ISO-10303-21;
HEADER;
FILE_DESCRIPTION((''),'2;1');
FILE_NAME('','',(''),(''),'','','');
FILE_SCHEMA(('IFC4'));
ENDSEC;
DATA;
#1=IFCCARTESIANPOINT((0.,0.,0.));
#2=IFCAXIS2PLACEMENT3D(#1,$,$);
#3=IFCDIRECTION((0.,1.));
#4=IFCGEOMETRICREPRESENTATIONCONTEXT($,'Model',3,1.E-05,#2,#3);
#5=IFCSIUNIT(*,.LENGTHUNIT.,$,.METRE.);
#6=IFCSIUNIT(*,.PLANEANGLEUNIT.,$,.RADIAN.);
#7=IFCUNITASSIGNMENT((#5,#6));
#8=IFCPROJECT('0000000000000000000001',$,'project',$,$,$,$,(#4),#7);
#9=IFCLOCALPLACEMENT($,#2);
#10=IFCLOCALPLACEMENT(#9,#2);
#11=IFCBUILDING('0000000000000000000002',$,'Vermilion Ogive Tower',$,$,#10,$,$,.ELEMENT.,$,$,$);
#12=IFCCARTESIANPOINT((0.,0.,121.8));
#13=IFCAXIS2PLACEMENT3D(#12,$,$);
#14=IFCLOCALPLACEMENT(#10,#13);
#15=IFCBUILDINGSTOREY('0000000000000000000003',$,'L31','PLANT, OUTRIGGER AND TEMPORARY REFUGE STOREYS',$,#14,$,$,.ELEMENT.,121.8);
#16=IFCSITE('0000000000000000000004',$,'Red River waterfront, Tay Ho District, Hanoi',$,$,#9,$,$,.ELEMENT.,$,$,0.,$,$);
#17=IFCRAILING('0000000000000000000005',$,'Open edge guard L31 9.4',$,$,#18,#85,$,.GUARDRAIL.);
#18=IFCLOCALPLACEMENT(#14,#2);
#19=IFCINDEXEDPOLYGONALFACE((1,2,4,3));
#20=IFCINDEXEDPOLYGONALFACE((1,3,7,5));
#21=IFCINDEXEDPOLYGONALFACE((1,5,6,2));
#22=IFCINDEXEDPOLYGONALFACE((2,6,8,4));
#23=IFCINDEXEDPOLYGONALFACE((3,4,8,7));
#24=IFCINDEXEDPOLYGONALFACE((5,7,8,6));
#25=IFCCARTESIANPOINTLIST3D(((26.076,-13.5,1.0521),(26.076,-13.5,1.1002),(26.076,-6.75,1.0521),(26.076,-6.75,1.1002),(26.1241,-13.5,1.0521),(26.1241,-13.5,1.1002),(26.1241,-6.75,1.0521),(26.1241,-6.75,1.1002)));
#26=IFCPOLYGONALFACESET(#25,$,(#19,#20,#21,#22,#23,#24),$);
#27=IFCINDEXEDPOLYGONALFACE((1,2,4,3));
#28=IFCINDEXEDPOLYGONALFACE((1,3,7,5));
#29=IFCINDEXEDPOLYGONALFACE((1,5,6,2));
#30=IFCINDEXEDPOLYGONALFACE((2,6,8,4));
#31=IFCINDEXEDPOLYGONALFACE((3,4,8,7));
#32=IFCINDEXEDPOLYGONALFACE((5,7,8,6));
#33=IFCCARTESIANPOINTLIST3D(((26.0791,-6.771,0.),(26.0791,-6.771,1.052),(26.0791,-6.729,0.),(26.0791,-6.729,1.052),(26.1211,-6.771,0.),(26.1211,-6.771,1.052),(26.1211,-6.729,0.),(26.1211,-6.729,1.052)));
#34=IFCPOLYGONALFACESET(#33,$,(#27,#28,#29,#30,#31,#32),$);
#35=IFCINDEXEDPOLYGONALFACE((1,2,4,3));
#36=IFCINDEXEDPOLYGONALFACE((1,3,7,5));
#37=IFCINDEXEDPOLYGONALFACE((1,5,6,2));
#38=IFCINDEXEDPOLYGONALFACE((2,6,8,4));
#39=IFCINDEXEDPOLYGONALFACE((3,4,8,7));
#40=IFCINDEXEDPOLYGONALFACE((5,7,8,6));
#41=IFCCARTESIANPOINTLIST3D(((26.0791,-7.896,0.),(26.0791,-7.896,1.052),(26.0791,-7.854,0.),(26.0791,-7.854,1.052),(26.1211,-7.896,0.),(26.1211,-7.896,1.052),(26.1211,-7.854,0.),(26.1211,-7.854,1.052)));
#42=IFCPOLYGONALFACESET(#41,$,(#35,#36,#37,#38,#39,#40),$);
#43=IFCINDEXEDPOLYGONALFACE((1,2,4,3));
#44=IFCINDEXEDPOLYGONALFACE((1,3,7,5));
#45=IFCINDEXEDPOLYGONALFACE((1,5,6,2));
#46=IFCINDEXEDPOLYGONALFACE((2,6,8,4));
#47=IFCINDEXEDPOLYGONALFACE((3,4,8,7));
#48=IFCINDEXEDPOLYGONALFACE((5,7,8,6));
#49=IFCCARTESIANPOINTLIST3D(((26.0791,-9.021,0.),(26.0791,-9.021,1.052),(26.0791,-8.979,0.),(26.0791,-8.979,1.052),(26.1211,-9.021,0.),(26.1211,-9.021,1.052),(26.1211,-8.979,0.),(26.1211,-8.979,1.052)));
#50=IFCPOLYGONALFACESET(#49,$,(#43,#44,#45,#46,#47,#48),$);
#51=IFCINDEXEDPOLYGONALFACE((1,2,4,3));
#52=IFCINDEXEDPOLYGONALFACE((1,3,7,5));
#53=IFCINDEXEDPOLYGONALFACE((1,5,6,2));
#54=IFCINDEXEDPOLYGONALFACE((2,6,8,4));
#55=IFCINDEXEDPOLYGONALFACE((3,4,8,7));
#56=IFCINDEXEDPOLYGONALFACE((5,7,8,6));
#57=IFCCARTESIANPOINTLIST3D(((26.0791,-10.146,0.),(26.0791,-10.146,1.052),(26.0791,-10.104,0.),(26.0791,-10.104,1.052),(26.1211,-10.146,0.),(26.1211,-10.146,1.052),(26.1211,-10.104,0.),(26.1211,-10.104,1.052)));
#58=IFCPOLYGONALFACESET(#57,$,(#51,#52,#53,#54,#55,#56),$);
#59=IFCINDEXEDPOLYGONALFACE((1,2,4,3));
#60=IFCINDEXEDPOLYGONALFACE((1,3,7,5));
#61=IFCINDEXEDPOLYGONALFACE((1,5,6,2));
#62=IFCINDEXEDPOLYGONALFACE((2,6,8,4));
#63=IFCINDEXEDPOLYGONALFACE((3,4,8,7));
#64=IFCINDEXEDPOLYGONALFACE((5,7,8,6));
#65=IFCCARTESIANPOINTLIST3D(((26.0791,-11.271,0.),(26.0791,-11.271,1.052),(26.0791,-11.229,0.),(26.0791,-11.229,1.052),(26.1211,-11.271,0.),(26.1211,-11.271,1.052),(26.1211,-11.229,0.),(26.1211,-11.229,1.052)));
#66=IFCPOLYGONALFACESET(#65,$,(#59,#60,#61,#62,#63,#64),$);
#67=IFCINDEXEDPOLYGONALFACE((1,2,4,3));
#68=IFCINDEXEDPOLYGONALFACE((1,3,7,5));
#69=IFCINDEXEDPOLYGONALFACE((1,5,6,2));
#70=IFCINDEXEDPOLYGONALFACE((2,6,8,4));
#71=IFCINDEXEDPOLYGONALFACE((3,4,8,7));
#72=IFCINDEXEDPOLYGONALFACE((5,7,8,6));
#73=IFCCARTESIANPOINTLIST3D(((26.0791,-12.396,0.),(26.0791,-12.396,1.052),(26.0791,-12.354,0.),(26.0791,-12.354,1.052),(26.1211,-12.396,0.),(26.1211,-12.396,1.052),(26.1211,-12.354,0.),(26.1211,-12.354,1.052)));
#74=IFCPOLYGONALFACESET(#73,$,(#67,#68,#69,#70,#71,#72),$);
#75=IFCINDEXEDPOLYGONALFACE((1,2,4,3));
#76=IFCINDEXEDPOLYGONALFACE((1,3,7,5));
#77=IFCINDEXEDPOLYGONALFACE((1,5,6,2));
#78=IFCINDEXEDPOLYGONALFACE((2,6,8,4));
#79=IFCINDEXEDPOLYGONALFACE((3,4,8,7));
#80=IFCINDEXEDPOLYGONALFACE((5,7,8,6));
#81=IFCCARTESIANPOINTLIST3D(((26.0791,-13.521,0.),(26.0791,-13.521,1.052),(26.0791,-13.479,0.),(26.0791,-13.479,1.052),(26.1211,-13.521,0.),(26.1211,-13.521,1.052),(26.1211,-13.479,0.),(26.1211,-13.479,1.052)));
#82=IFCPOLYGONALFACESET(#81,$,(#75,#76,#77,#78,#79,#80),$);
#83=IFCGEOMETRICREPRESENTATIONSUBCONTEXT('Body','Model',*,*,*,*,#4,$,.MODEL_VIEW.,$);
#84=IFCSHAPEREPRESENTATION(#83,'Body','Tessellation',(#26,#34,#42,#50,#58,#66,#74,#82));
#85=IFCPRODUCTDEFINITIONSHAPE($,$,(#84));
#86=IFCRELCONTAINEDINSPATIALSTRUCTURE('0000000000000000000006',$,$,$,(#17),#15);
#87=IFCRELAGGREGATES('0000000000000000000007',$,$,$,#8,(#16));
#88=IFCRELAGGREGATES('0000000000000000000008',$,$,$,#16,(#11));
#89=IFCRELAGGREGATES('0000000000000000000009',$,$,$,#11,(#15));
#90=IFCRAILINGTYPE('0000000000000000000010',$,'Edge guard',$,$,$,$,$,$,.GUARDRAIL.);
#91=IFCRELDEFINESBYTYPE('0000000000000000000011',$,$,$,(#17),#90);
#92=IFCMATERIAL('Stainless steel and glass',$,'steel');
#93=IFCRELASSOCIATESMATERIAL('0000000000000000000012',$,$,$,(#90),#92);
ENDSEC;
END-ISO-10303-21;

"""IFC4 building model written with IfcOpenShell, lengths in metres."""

from ifc_helpers import new_model, si_unit, direction, frame, origin, origin_2d, place, context, subcontext, project, spatial, rectangle, extrude, material, type_object, element, save


model = new_model("IFC4")

# Units and contexts
model_context = context("Model", 3, precision=1e-05, world=origin(), true_north=direction((0.0, 1.0)))
body_context = subcontext(model_context, "Body", "Model", "MODEL_VIEW")
ifc_project = project(units=[si_unit("LENGTHUNIT", "METRE"), si_unit("PLANEANGLEUNIT", "RADIAN")], contexts=[model_context])

# Site, building, storey
site_placement = place(None, origin())
site = spatial("IfcSite", under=ifc_project, at=site_placement, Name="Red River waterfront, Tay Ho District, Hanoi", CompositionType="ELEMENT", RefElevation=0.0)
building_placement = place(site_placement, origin())
building = spatial("IfcBuilding", under=site, at=building_placement, Name="Vermilion Ogive Tower", CompositionType="ELEMENT")
storey_placement = place(building_placement, frame((0.0, 0.0, 121.8)))
storey = spatial("IfcBuildingStorey", under=building, at=storey_placement, Name="L31", Description="PLANT, OUTRIGGER AND TEMPORARY REFUGE STOREYS", CompositionType="ELEMENT", Elevation=121.8)

# Railing
ifc_material_1 = material(Name="Stainless steel and glass", Category="steel")
railing_type = type_object("IfcRailingType", Name="Edge guard", PredefinedType="GUARDRAIL", material=ifc_material_1)
railing_placement = place(storey_placement, frame((26.1001, -6.75, 0.0)))
element("IfcRailing", 1, at=railing_placement, inside=storey, type_object=railing_type, Name="Open edge guard L31 9.4", PredefinedType="GUARDRAIL", context=body_context, shape_type="SweptSolid", body=[
    extrude(rectangle(XDim=0.0481, YDim=0.0481, at=origin_2d()), frame((0.0, 0.0, 1.0762), z_axis=(0.0, -1.0, 0.0), x_axis=(1.0, 0.0, 0.0)), (0.0, 0.0, 1.0), 6.75),
    extrude(rectangle(XDim=0.042, YDim=0.042, at=origin_2d()), origin(), (0.0, 0.0, 1.0), 1.052),
    extrude(rectangle(XDim=0.042, YDim=0.042, at=origin_2d()), frame((0.0, -1.125, 0.0)), (0.0, 0.0, 1.0), 1.052),
    extrude(rectangle(XDim=0.042, YDim=0.042, at=origin_2d()), frame((0.0, -2.25, 0.0)), (0.0, 0.0, 1.0), 1.052),
    extrude(rectangle(XDim=0.042, YDim=0.042, at=origin_2d()), frame((0.0, -3.375, 0.0)), (0.0, 0.0, 1.0), 1.052),
    extrude(rectangle(XDim=0.042, YDim=0.042, at=origin_2d()), frame((0.0, -4.5, 0.0)), (0.0, 0.0, 1.0), 1.052),
    extrude(rectangle(XDim=0.042, YDim=0.042, at=origin_2d()), frame((0.0, -5.625, 0.0)), (0.0, 0.0, 1.0), 1.052),
    extrude(rectangle(XDim=0.042, YDim=0.042, at=origin_2d()), frame((0.0, -6.75, 0.0)), (0.0, 0.0, 1.0), 1.052),
])

save(model, "model.ifc")
